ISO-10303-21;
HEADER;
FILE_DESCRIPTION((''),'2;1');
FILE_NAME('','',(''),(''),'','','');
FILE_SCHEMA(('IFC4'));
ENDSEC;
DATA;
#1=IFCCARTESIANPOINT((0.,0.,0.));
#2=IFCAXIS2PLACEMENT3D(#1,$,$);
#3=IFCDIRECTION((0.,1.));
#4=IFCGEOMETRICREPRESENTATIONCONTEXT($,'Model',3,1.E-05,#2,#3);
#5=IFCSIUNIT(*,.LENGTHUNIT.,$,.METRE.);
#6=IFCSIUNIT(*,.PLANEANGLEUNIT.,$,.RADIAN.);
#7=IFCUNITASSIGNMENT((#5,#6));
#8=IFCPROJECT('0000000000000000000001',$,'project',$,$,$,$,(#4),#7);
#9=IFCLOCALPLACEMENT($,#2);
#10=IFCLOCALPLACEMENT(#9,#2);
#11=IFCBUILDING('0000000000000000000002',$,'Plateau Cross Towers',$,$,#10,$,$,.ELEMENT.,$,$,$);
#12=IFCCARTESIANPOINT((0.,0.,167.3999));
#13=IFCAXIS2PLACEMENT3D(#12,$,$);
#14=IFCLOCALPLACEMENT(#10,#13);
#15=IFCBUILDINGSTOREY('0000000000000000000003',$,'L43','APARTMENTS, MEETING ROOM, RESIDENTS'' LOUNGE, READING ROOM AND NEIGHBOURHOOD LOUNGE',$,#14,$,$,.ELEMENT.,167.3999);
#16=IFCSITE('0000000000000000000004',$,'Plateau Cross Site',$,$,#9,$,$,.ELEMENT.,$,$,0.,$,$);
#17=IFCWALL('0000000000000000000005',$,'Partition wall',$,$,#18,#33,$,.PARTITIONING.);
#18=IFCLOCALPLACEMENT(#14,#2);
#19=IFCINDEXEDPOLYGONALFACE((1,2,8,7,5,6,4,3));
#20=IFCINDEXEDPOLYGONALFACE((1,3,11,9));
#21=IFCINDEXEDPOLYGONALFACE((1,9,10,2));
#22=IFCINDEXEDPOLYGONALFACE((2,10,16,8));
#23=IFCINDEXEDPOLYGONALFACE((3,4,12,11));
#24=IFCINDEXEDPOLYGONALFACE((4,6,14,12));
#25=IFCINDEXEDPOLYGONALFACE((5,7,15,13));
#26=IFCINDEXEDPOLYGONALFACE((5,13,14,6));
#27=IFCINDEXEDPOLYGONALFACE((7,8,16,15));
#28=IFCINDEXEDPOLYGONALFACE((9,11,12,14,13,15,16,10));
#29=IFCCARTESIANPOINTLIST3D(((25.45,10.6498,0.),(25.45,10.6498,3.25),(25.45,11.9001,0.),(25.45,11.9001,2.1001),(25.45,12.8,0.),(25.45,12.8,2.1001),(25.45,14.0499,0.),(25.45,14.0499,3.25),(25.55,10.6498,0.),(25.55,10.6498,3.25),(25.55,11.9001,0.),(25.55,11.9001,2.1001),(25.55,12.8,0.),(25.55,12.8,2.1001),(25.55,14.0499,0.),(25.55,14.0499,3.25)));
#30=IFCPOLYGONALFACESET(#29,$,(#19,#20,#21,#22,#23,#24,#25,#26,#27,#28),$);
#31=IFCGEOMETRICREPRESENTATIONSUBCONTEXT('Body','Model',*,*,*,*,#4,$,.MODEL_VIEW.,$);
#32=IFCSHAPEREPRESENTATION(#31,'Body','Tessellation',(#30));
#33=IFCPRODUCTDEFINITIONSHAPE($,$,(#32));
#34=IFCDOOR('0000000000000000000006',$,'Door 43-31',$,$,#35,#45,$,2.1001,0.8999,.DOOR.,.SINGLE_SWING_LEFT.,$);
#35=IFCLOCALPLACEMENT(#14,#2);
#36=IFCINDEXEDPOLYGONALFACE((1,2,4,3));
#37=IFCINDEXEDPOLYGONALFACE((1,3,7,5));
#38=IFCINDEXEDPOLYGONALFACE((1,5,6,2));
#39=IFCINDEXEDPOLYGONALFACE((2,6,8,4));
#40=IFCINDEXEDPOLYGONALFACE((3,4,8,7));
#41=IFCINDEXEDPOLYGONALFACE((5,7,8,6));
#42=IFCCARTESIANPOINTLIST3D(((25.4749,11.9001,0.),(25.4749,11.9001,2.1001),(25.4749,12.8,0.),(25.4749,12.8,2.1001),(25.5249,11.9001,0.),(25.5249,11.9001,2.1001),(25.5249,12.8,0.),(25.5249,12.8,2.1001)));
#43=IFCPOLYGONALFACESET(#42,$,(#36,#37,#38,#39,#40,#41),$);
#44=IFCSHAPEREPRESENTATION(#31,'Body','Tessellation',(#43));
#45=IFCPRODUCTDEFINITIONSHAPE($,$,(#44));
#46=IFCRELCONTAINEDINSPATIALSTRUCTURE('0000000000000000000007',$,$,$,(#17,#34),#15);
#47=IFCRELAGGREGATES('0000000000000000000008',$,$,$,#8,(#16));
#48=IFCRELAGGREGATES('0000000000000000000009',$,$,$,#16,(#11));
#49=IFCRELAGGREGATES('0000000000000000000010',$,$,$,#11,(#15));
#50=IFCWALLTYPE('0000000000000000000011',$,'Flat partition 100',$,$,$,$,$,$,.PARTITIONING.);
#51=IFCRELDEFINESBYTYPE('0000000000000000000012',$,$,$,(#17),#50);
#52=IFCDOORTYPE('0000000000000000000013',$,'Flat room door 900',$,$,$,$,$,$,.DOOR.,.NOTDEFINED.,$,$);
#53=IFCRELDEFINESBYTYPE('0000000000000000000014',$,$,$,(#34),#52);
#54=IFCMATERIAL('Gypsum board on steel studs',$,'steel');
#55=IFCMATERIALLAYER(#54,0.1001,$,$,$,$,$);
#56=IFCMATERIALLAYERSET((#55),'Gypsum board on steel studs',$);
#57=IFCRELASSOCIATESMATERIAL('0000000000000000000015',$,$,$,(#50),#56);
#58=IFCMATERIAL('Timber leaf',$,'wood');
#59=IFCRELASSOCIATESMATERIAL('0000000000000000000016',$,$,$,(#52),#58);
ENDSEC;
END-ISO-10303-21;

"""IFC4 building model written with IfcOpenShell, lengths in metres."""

from ifc_helpers import new_model, si_unit, direction, frame, frame_2d, origin, place, context, subcontext, project, spatial, rectangle, extrude, material, layer, layer_set, type_object, element, fill, save


model = new_model("IFC4")

# Units and contexts
model_context = context("Model", 3, precision=1e-05, world=origin(), true_north=direction((0.0, 1.0)))
body_context = subcontext(model_context, "Body", "Model", "MODEL_VIEW")
ifc_project = project(units=[si_unit("LENGTHUNIT", "METRE"), si_unit("PLANEANGLEUNIT", "RADIAN")], contexts=[model_context])

# Site, building, storey
site_placement = place(None, origin())
site = spatial("IfcSite", under=ifc_project, at=site_placement, Name="Plateau Cross Site", CompositionType="ELEMENT", RefElevation=0.0)
building_placement = place(site_placement, origin())
building = spatial("IfcBuilding", under=site, at=building_placement, Name="Plateau Cross Towers", CompositionType="ELEMENT")
storey_placement = place(building_placement, frame((0.0, 0.0, 167.3999)))
storey = spatial("IfcBuildingStorey", under=building, at=storey_placement, Name="L43", Description="APARTMENTS, MEETING ROOM, RESIDENTS' LOUNGE, READING ROOM AND NEIGHBOURHOOD LOUNGE", CompositionType="ELEMENT", Elevation=167.3999)

# Shared definitions
ifc_material_1 = material(Name="Gypsum board on steel studs", Category="steel")
ifc_layer_1 = layer(ifc_material_1, 0.1001)
ifc_layer_set_1 = layer_set([ifc_layer_1], Name="Gypsum board on steel studs")
wall_type_1 = type_object("IfcWallType", Name="Flat partition 100", PredefinedType="PARTITIONING", material=ifc_layer_set_1)

# Wall, opening, door
ifc_material_2 = material(Name="Timber leaf", Category="wood")
door_type_1 = type_object("IfcDoorType", Name="Flat room door 900", OperationType="NOTDEFINED", PredefinedType="DOOR", material=ifc_material_2)
wall_1_placement = place(storey_placement, frame((25.5, 14.05, 0.0), z_axis=(0.0, 0.0, 1.0), x_axis=(0.0, -1.0, 0.0)))
wall_1 = element("IfcWall", 1, at=wall_1_placement, inside=storey, type_object=wall_type_1, Name="Partition wall", PredefinedType="PARTITIONING", context=body_context, shape_type="SweptSolid", body=[
    extrude(rectangle(XDim=3.4001, YDim=0.1001, at=frame_2d((1.7002, 0.0))), origin(), (0.0, 0.0, 1.0), 3.25),
])
opening_1_placement = place(wall_1_placement, frame((1.25, 0.0, 0.0)))
opening_1 = element("IfcOpeningElement", 2, at=opening_1_placement, cuts=wall_1, PredefinedType="OPENING", context=body_context, shape_type="SweptSolid", body=[
    extrude(rectangle(XDim=0.8999, YDim=2.1001, at=frame_2d((0.45, 1.05))), frame((0.0, 0.0601, 0.0), z_axis=(0.0, -1.0, 0.0), x_axis=(1.0, 0.0, 0.0)), (0.0, 0.0, 1.0), 0.1201),
])
door_1_placement = place(opening_1_placement, origin())
door_1 = element("IfcDoor", 3, at=door_1_placement, inside=storey, type_object=door_type_1, Name="Door 43-31", OperationType="SINGLE_SWING_LEFT", OverallHeight=2.1001, OverallWidth=0.8999, PredefinedType="DOOR", context=body_context, shape_type="SweptSolid", body=[
    extrude(rectangle(XDim=0.8999, YDim=2.1001, at=frame_2d((0.45, 1.05))), frame((0.0, 0.0249, 0.0), z_axis=(0.0, -1.0, 0.0), x_axis=(1.0, 0.0, 0.0)), (0.0, 0.0, 1.0), 0.05),
])
fill(opening_1, door_1)

save(model, "model.ifc")
